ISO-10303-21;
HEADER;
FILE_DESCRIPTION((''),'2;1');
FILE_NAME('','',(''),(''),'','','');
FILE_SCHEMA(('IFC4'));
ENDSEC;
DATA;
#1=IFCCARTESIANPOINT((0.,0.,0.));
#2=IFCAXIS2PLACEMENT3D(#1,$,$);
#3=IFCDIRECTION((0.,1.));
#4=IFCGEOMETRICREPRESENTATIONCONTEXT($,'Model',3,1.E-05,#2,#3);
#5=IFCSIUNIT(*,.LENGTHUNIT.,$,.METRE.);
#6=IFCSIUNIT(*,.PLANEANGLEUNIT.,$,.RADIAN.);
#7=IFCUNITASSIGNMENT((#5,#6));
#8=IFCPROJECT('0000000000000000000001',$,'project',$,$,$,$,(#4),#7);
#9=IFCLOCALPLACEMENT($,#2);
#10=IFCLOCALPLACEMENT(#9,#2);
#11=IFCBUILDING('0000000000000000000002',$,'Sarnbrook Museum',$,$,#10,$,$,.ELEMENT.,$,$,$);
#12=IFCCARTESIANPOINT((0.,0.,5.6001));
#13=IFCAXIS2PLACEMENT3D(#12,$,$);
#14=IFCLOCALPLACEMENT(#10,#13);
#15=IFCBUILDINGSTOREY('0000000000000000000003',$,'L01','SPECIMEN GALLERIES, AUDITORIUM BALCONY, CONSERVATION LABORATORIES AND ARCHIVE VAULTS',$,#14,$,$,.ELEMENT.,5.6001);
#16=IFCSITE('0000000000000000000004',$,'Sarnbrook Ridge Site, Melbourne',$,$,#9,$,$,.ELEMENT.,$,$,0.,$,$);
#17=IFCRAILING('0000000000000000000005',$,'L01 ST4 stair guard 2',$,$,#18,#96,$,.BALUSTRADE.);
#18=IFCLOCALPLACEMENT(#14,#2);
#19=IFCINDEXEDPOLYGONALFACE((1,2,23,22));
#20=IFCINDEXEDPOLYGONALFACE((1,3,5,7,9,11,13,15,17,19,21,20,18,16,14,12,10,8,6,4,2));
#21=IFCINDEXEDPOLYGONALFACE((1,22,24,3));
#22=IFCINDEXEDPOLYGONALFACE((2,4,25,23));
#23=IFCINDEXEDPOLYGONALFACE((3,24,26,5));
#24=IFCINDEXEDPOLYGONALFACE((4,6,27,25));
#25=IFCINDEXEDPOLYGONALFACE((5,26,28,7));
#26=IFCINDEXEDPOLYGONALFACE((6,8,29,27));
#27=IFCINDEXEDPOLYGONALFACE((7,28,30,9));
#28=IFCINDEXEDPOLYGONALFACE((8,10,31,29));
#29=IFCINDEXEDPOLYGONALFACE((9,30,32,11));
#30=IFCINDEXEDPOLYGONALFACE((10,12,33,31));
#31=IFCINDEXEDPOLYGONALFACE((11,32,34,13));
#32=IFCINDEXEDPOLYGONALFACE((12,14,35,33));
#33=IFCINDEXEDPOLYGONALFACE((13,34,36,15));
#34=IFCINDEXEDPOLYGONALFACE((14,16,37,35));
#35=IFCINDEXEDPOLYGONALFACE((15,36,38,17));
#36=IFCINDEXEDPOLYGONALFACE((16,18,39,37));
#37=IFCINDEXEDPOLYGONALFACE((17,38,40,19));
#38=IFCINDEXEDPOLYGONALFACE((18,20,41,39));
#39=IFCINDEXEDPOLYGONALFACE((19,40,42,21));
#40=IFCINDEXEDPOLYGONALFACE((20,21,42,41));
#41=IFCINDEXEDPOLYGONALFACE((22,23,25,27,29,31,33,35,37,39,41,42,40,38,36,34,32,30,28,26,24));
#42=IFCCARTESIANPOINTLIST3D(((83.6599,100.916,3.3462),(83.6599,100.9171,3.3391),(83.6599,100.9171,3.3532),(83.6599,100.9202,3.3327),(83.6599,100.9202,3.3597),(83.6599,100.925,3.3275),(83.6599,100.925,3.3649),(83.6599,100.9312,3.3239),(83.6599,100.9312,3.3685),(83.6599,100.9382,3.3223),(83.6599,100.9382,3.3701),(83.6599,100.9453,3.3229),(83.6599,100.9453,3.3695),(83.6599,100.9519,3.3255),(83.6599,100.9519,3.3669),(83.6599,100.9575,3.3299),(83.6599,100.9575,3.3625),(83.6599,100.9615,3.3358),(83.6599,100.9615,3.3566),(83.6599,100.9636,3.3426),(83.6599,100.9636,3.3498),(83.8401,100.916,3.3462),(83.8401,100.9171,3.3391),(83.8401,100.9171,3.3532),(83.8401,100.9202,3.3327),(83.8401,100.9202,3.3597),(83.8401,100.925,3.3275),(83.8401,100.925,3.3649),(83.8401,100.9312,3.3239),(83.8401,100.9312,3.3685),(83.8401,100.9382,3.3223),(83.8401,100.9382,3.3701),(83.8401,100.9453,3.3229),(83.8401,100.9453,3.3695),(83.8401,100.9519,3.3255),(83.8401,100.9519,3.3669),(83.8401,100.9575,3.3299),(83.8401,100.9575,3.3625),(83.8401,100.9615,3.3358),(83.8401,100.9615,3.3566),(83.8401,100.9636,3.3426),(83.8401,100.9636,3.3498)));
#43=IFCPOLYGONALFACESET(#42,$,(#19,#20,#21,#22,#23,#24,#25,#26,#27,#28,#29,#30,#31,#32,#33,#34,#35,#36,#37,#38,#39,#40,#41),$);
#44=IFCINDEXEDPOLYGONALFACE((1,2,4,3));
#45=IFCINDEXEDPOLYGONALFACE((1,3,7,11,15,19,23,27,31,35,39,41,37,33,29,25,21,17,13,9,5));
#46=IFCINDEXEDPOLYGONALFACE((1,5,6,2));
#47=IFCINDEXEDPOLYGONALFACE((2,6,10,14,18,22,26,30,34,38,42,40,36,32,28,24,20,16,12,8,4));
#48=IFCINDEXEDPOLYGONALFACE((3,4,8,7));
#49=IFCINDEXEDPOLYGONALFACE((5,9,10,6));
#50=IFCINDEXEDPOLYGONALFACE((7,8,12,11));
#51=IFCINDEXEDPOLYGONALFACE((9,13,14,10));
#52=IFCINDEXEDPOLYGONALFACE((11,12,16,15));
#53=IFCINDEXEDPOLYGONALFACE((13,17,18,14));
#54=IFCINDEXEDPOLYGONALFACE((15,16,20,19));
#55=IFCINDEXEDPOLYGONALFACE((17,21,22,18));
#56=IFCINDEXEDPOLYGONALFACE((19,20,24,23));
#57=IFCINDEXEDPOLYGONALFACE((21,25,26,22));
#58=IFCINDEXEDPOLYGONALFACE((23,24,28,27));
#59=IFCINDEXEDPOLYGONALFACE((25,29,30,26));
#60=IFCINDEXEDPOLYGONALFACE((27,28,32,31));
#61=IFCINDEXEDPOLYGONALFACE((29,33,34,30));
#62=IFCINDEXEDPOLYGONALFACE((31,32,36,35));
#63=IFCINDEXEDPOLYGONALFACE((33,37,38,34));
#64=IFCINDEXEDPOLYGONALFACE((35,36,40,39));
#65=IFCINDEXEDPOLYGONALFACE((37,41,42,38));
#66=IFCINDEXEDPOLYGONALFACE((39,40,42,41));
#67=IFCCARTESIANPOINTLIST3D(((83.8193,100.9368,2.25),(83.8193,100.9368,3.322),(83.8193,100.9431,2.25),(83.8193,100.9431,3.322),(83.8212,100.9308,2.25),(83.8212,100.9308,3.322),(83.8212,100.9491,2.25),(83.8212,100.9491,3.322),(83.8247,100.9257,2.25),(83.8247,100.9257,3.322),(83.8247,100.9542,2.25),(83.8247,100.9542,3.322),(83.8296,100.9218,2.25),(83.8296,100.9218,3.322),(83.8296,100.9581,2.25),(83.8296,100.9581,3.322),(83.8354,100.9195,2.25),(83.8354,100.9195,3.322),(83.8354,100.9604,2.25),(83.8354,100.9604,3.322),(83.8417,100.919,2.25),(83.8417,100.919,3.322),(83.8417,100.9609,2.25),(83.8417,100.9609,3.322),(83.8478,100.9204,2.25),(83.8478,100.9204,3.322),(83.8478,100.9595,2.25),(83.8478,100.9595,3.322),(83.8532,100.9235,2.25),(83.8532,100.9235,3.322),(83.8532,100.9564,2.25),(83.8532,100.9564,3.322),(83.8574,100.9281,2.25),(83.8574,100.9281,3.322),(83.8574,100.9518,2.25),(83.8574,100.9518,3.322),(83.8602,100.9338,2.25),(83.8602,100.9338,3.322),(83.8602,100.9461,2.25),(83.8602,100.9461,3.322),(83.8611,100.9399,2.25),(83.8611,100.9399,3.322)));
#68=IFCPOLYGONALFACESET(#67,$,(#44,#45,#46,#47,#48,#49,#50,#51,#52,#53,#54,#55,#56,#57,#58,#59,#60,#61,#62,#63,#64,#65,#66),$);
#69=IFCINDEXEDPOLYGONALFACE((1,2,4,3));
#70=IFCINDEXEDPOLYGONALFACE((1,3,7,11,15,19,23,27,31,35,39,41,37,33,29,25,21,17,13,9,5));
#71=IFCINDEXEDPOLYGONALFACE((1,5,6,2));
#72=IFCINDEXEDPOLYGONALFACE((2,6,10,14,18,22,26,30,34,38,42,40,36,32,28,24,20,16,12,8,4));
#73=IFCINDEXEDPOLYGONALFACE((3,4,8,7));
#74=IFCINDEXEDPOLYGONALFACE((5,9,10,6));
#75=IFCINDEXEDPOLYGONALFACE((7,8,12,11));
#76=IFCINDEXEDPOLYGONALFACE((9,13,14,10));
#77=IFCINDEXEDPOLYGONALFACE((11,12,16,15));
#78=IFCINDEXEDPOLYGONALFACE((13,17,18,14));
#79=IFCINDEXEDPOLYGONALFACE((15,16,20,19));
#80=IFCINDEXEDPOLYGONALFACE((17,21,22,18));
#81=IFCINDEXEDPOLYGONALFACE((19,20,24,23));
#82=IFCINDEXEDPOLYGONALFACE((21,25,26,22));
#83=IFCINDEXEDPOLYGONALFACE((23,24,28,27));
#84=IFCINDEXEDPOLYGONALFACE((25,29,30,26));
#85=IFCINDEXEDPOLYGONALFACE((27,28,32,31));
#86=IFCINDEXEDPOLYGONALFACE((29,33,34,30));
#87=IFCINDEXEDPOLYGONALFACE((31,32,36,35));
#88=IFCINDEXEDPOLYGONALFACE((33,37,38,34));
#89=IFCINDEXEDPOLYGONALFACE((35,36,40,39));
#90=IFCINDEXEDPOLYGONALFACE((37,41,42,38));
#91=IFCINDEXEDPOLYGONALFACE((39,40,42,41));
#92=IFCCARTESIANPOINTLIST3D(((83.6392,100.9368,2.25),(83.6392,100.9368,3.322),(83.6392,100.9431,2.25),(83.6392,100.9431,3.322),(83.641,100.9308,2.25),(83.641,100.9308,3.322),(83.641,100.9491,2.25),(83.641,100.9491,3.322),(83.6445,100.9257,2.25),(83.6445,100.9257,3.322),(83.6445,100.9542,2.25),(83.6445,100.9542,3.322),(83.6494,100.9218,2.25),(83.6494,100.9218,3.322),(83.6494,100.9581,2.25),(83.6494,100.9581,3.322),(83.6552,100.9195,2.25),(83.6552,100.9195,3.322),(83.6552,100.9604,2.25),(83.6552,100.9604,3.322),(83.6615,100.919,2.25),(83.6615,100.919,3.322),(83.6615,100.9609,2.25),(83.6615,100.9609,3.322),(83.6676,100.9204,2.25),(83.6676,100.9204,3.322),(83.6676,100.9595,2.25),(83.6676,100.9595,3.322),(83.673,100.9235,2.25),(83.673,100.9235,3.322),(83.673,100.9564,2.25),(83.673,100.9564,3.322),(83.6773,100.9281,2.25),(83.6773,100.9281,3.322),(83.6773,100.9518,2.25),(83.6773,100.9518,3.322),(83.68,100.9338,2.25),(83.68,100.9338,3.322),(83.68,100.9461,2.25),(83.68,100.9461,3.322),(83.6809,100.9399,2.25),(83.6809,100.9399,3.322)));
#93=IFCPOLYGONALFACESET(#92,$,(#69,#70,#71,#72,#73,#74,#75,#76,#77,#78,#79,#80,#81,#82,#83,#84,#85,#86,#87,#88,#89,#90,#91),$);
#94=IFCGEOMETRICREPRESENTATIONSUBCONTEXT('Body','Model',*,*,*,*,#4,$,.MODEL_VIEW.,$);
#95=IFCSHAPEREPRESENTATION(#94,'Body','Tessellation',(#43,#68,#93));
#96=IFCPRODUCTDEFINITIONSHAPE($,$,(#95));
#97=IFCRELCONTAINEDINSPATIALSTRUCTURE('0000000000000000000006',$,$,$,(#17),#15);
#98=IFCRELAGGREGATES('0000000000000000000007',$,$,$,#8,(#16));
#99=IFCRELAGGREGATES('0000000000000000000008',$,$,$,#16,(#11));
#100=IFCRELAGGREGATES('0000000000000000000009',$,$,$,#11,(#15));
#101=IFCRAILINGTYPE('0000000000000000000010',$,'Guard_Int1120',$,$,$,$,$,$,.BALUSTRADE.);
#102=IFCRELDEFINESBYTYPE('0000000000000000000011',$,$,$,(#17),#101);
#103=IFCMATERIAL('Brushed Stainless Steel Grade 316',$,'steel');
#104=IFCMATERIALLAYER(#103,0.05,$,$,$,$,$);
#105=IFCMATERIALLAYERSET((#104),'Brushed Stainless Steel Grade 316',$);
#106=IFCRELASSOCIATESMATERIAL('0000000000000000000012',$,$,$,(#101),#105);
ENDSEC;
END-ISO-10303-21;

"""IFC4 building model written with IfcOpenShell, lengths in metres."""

from ifc_helpers import new_model, si_unit, direction, frame, origin, origin_2d, place, context, subcontext, project, spatial, circle, extrude, material, layer, layer_set, type_object, element, save


model = new_model("IFC4")

# Units and contexts
model_context = context("Model", 3, precision=1e-05, world=origin(), true_north=direction((0.0, 1.0)))
body_context = subcontext(model_context, "Body", "Model", "MODEL_VIEW")
ifc_project = project(units=[si_unit("LENGTHUNIT", "METRE"), si_unit("PLANEANGLEUNIT", "RADIAN")], contexts=[model_context])

# Site, building, storey
site_placement = place(None, origin())
site = spatial("IfcSite", under=ifc_project, at=site_placement, Name="Sarnbrook Ridge Site, Melbourne", CompositionType="ELEMENT", RefElevation=0.0)
building_placement = place(site_placement, origin())
building = spatial("IfcBuilding", under=site, at=building_placement, Name="Sarnbrook Museum", CompositionType="ELEMENT")
storey_placement = place(building_placement, frame((0.0, 0.0, 5.6001)))
storey = spatial("IfcBuildingStorey", under=building, at=storey_placement, Name="L01", Description="SPECIMEN GALLERIES, AUDITORIUM BALCONY, CONSERVATION LABORATORIES AND ARCHIVE VAULTS", CompositionType="ELEMENT", Elevation=5.6001)

# Shared definitions
ifc_material_1 = material(Name="Brushed Stainless Steel Grade 316", Category="steel")

# Railing
ifc_layer_1 = layer(ifc_material_1, 0.05)
ifc_layer_set_1 = layer_set([ifc_layer_1], Name="Brushed Stainless Steel Grade 316")
railing_type = type_object("IfcRailingType", Name="Guard_Int1120", PredefinedType="BALUSTRADE", material=ifc_layer_set_1)
railing_1_placement = place(storey_placement, frame((83.8401, 100.9399, 2.25)))
element("IfcRailing", 1, at=railing_1_placement, inside=storey, type_object=railing_type, Name="L01 ST4 stair guard 2", PredefinedType="BALUSTRADE", context=body_context, shape_type="SweptSolid", body=[
    extrude(circle(Radius=0.0239, at=origin_2d()), frame((0.0, 0.0, 1.0962), z_axis=(-1.0, 0.0, 0.0), x_axis=(0.0, -1.0, 0.0)), (0.0, 0.0, 1.0), 0.1802),
    extrude(circle(Radius=0.021, at=origin_2d()), origin(), (0.0, 0.0, 1.0), 1.072),
    extrude(circle(Radius=0.021, at=origin_2d()), frame((-0.1802, 0.0, 0.0)), (0.0, 0.0, 1.0), 1.072),
])

save(model, "model.ifc")
